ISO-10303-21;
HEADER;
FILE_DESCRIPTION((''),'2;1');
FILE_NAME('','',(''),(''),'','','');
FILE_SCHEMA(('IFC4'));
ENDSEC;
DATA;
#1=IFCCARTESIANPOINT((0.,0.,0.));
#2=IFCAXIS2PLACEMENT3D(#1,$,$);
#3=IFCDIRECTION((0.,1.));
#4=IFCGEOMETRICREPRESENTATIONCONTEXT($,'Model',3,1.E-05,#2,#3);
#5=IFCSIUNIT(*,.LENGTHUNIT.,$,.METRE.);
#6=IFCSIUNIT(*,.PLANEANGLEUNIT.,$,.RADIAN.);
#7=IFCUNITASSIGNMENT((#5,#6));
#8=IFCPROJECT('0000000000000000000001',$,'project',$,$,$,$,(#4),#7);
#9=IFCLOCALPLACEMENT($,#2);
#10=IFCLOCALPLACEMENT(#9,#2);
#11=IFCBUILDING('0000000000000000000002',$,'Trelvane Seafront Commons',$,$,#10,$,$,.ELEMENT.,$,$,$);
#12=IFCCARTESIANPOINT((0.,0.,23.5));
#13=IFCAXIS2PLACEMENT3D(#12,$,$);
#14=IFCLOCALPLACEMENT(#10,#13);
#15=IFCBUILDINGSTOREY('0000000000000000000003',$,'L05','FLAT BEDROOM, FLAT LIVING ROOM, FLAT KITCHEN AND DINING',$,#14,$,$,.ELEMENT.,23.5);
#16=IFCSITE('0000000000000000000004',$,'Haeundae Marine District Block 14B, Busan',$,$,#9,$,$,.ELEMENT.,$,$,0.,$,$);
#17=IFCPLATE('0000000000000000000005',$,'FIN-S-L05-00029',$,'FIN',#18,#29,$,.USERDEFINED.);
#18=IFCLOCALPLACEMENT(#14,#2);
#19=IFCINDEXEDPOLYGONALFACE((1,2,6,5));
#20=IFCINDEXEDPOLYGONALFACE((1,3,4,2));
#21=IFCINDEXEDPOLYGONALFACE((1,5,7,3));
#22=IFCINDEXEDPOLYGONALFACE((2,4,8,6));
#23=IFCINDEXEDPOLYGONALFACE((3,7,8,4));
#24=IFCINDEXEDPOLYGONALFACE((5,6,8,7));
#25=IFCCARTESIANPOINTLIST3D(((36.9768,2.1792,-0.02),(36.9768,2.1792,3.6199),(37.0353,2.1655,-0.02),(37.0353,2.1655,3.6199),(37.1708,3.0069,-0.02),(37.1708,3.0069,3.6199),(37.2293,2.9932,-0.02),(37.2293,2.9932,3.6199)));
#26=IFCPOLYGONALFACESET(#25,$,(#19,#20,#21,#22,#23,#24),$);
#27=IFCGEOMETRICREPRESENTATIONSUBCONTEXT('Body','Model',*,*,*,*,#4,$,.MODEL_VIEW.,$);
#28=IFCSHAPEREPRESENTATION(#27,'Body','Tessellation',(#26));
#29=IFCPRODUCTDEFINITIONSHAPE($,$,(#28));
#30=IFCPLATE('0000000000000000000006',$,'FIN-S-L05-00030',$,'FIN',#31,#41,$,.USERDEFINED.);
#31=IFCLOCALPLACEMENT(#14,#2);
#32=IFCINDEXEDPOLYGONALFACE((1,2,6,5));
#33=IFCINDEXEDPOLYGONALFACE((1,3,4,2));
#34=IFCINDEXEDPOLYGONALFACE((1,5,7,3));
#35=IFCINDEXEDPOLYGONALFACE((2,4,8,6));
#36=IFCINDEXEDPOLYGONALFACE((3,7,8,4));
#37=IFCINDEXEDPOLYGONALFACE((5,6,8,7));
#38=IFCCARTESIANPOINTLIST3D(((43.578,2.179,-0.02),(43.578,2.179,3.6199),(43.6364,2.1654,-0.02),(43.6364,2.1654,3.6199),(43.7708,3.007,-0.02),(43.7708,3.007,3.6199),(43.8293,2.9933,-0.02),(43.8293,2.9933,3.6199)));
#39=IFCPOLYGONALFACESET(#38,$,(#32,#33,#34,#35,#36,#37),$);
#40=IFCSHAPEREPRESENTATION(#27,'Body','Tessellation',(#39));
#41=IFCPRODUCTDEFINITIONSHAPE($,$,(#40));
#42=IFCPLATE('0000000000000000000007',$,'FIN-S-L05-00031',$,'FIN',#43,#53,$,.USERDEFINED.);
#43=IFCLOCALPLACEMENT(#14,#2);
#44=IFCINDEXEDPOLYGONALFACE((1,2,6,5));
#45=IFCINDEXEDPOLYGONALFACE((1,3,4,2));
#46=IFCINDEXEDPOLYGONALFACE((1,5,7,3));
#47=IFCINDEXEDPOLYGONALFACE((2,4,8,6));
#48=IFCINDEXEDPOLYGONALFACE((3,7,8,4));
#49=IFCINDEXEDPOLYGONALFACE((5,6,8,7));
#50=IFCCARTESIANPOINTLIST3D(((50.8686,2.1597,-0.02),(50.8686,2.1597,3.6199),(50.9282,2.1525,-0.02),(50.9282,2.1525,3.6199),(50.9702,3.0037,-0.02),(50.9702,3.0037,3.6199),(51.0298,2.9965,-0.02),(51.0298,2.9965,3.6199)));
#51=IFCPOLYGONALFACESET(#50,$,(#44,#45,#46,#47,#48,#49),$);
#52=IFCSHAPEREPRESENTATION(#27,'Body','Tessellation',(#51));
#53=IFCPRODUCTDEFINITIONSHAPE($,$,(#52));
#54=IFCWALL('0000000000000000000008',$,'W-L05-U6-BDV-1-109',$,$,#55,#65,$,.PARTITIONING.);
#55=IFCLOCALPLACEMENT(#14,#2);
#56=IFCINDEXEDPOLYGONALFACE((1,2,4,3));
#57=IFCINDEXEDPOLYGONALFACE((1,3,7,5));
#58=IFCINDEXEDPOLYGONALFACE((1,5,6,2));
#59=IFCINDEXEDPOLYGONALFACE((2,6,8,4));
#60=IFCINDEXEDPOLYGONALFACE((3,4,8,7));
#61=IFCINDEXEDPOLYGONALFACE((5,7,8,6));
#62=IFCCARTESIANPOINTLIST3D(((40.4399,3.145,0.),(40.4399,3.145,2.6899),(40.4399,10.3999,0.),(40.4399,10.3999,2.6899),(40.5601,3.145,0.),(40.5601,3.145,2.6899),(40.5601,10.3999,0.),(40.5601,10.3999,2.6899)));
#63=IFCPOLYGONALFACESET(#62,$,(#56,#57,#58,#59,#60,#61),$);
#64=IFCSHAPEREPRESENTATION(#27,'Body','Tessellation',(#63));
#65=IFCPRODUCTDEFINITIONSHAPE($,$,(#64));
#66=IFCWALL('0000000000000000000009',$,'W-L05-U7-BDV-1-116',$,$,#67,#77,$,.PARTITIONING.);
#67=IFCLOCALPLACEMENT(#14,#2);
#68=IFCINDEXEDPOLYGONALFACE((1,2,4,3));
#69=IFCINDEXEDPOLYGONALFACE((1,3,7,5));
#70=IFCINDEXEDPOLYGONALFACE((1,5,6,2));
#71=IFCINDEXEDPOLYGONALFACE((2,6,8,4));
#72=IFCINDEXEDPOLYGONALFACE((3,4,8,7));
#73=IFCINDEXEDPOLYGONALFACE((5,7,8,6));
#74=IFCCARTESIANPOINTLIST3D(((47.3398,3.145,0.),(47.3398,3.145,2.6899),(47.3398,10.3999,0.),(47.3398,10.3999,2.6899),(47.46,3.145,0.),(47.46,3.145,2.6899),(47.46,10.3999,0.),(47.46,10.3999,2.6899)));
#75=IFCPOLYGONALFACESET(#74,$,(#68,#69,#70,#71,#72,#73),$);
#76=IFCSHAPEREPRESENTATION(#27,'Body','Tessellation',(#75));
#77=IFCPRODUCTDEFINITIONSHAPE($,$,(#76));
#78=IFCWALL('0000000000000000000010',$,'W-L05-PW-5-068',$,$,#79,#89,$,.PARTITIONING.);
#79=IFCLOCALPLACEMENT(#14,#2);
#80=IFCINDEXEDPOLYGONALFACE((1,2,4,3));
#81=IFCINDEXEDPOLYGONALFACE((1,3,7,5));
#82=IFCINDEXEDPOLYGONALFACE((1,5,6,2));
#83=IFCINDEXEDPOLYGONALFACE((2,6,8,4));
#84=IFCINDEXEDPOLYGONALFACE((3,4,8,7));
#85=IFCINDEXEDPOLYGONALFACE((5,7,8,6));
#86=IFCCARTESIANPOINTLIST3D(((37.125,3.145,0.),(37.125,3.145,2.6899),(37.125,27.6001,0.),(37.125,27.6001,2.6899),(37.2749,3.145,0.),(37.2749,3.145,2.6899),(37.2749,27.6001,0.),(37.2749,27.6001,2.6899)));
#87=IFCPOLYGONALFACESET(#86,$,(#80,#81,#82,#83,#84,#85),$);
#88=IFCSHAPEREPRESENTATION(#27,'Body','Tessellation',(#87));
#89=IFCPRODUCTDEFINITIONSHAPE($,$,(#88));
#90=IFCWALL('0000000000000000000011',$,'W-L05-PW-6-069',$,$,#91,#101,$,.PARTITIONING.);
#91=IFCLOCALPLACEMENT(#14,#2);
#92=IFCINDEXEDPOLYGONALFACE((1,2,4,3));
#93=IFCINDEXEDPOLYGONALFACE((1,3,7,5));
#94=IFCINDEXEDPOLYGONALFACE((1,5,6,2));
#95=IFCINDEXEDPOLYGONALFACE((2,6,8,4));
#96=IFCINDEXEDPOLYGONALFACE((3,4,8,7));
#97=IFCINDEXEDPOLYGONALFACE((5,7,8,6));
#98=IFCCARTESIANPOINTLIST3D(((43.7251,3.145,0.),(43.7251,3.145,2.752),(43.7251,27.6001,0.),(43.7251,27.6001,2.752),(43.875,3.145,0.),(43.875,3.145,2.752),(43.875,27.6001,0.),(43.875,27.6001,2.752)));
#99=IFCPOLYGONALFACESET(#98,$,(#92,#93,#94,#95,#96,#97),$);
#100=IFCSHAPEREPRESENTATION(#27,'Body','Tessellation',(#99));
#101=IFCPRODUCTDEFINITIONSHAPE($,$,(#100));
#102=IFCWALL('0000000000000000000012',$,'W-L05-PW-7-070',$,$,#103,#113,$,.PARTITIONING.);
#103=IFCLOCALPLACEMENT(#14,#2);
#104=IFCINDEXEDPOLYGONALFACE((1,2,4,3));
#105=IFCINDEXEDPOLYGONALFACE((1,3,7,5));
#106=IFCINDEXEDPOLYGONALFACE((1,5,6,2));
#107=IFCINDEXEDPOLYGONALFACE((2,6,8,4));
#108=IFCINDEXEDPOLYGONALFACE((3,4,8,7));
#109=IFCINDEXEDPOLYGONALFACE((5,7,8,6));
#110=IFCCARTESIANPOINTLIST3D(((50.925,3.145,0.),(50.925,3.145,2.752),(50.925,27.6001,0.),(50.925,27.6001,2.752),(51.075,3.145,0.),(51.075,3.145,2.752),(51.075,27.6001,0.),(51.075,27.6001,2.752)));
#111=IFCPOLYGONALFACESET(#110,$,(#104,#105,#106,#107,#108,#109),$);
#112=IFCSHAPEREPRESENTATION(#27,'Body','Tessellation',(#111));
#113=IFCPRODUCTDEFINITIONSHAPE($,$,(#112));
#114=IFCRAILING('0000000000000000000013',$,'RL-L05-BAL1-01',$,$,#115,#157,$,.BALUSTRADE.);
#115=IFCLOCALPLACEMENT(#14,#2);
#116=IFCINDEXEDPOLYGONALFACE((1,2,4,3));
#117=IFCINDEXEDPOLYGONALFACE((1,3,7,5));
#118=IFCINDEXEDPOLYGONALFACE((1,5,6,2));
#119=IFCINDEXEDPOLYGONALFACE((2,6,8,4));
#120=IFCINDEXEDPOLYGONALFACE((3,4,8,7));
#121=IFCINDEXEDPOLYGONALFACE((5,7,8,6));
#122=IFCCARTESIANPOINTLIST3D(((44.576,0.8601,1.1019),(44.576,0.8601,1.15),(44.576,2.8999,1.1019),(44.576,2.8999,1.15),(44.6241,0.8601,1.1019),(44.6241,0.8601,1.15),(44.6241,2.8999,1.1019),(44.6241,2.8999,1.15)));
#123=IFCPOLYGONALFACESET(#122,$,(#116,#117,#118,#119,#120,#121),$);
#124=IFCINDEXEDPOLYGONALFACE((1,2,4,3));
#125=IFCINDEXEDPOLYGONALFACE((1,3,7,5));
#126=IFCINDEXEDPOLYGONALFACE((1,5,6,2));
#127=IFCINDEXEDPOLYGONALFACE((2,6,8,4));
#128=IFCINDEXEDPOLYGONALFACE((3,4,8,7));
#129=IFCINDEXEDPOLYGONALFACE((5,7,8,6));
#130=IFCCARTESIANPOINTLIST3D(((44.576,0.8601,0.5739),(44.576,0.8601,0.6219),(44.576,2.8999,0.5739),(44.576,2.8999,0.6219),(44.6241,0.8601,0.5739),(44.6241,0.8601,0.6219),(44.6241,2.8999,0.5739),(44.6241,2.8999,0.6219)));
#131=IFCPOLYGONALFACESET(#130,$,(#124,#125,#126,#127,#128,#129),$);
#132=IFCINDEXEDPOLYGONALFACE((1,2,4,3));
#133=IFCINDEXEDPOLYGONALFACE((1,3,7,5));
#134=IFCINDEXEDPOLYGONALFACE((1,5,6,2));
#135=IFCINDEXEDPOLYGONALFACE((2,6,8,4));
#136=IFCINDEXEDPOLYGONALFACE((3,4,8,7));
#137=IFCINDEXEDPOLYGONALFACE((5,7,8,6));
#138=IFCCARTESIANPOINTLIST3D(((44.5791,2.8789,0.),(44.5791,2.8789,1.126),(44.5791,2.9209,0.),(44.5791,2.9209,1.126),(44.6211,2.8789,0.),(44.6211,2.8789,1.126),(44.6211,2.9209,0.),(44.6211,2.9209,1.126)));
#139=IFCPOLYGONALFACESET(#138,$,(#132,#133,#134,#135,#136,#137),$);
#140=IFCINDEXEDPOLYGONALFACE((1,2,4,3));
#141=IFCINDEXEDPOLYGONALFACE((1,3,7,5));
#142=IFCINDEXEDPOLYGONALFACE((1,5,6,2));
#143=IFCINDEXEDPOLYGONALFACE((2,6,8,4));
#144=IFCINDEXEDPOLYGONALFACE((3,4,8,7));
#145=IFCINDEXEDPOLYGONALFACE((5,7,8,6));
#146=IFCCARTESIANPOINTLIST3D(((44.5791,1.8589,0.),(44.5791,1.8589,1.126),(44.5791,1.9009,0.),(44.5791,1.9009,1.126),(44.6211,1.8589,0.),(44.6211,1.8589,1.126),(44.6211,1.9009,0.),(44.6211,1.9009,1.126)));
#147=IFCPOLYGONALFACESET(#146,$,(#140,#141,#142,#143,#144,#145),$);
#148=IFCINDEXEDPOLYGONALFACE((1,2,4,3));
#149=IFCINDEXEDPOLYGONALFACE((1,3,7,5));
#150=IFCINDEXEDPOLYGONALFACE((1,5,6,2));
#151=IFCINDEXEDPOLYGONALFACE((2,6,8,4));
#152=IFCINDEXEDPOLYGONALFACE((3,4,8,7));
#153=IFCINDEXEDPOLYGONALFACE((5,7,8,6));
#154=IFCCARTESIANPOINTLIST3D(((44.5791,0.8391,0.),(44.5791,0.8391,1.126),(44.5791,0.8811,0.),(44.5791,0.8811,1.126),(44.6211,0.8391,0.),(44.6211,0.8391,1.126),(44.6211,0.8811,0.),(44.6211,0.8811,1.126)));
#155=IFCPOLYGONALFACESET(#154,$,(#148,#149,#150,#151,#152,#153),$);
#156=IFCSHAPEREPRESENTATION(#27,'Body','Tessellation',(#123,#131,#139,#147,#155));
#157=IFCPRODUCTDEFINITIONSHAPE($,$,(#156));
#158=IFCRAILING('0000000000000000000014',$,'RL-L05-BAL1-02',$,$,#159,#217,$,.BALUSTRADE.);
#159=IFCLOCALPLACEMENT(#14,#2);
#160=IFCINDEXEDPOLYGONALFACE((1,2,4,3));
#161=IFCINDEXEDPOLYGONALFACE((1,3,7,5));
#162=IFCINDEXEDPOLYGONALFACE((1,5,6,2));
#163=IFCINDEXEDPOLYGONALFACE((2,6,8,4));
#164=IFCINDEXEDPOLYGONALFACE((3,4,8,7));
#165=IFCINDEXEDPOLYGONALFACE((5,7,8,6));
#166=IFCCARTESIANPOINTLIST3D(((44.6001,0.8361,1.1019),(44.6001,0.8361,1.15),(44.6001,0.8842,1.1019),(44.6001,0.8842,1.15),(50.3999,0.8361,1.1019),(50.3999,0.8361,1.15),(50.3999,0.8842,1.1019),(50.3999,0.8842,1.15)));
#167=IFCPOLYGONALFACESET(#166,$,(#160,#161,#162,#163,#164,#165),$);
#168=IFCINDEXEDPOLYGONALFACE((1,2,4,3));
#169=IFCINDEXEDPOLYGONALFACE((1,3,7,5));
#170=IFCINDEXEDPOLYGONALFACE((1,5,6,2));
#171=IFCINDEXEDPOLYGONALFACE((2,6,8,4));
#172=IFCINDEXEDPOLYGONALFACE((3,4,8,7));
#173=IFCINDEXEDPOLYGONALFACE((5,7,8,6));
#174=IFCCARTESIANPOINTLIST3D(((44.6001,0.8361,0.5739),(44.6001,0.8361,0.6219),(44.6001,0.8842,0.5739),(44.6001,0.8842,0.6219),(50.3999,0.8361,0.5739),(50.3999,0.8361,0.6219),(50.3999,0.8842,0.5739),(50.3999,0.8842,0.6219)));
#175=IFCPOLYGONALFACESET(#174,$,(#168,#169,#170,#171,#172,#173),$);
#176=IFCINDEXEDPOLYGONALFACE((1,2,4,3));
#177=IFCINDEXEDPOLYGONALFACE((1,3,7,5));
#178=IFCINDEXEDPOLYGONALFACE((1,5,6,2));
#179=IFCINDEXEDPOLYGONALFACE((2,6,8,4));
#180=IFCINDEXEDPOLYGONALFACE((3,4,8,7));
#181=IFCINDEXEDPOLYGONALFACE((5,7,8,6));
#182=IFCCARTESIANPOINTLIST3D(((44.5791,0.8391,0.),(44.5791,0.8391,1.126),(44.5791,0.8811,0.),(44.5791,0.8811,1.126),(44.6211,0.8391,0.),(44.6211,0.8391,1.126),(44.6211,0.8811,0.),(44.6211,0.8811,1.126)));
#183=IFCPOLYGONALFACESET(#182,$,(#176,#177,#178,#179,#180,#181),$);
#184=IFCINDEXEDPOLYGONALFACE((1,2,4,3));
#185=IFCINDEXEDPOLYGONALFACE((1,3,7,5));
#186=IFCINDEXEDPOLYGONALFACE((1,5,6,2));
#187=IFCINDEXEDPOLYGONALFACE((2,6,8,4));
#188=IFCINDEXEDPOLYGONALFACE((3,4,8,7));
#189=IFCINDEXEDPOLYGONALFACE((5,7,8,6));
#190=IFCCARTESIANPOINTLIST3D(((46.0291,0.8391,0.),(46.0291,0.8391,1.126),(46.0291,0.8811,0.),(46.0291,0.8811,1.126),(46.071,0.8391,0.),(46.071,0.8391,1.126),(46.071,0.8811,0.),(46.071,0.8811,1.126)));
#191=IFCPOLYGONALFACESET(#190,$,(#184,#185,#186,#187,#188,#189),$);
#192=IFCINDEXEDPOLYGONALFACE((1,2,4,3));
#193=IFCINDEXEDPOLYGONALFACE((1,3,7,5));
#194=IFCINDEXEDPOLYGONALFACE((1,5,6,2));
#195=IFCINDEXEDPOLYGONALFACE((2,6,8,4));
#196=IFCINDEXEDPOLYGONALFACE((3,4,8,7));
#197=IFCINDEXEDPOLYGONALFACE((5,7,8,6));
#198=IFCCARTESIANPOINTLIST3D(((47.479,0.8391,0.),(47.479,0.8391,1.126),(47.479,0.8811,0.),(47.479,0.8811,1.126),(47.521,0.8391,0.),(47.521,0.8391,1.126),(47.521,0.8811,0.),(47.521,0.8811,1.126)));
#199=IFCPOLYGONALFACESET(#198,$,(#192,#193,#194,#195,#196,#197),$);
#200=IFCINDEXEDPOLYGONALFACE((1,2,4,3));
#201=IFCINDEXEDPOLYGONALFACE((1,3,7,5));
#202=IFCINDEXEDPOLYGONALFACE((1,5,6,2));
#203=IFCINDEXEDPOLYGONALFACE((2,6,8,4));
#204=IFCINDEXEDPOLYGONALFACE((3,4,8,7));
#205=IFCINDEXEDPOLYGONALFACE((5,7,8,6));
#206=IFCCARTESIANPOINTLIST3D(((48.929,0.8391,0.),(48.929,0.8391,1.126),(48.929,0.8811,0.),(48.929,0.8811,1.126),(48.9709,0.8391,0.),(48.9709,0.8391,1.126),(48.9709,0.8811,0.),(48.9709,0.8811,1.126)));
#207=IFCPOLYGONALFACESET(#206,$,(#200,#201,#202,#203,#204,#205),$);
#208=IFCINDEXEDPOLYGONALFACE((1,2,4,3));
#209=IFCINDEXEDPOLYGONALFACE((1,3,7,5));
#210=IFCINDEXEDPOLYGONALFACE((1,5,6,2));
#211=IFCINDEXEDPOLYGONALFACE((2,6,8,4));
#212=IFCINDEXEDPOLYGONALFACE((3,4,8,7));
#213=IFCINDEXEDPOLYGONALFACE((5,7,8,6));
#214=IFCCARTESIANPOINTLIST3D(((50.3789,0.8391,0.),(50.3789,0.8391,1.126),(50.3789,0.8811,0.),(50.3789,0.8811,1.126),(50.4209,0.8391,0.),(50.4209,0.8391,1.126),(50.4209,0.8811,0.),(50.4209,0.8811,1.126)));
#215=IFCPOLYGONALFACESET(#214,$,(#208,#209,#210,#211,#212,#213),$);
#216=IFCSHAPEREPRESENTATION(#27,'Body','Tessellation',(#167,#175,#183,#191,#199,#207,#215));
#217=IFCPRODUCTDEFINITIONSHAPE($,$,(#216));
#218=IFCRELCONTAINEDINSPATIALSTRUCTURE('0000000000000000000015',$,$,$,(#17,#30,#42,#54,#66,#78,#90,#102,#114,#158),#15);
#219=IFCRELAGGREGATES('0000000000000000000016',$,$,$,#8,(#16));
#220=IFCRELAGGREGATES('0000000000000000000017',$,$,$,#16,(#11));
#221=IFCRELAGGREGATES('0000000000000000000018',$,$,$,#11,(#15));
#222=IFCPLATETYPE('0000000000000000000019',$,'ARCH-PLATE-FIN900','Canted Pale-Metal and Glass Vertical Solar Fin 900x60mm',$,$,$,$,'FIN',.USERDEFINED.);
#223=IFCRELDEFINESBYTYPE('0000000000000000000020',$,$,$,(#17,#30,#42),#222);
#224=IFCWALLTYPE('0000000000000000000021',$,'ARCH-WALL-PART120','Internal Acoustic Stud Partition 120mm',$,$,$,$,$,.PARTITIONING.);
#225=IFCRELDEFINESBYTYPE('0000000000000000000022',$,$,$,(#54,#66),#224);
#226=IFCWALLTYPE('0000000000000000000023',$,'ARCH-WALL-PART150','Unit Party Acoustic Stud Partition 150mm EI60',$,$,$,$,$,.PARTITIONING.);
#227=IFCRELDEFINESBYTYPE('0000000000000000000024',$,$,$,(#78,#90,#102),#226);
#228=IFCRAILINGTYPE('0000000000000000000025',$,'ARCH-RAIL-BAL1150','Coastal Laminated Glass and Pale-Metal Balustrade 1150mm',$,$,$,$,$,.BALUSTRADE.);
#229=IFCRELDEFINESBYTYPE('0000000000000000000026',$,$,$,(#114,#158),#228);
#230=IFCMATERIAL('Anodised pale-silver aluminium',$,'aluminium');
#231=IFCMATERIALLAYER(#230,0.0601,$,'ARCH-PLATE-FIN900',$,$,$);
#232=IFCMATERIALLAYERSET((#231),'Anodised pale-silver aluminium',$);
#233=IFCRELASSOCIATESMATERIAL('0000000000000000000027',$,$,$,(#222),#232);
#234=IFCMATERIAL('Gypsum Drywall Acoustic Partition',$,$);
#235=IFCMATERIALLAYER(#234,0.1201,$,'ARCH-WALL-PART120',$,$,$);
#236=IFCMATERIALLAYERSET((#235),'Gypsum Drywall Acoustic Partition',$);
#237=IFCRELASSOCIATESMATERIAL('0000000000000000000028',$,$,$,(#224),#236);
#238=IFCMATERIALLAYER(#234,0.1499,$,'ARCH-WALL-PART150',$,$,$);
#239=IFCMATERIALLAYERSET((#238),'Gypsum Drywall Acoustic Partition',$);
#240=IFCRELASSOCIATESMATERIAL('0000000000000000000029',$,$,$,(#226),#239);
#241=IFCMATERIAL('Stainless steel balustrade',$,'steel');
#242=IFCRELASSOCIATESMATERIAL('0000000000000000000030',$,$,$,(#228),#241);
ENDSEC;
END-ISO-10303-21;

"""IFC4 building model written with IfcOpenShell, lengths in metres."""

from ifc_helpers import new_model, si_unit, direction, frame, frame_2d, origin, origin_2d, place, context, subcontext, project, spatial, rectangle, extrude, source, transform, mapped, material, layer, layer_set, type_object, element, save


model = new_model("IFC4")

# Units and contexts
model_context = context("Model", 3, precision=1e-05, world=origin(), true_north=direction((0.0, 1.0)))
body_context = subcontext(model_context, "Body", "Model", "MODEL_VIEW")
ifc_project = project(units=[si_unit("LENGTHUNIT", "METRE"), si_unit("PLANEANGLEUNIT", "RADIAN")], contexts=[model_context])

# Site, building, storey
site_placement = place(None, origin())
site = spatial("IfcSite", under=ifc_project, at=site_placement, Name="Haeundae Marine District Block 14B, Busan", CompositionType="ELEMENT", RefElevation=0.0)
building_placement = place(site_placement, origin())
building = spatial("IfcBuilding", under=site, at=building_placement, Name="Trelvane Seafront Commons", CompositionType="ELEMENT")
storey_placement = place(building_placement, frame((0.0, 0.0, 23.5)))
storey = spatial("IfcBuildingStorey", under=building, at=storey_placement, Name="L05", Description="FLAT BEDROOM, FLAT LIVING ROOM, FLAT KITCHEN AND DINING", CompositionType="ELEMENT", Elevation=23.5)

# Plates
ifc_material_1 = material(Name="Anodised pale-silver aluminium", Category="aluminium")
ifc_layer_1 = layer(ifc_material_1, 0.0601, Name="ARCH-PLATE-FIN900")
ifc_layer_set_1 = layer_set([ifc_layer_1], Name="Anodised pale-silver aluminium")
plate_type_1 = type_object("IfcPlateType", Name="ARCH-PLATE-FIN900", Description="Canted Pale-Metal and Glass Vertical Solar Fin 900x60mm", ElementType="FIN", PredefinedType="USERDEFINED", material=ifc_layer_set_1)
shared_shape_1 = source(origin(), body_context, "Body", "SweptSolid", [
    extrude(rectangle(XDim=0.8501, YDim=0.0601, at=origin_2d()), origin(), (0.0, 0.0, 1.0), 3.6399),
])
for number, where, z_axis, x_axis, name in (
    (1, (37.103, 2.5862, -0.02), (0.0, 0.0, 1.0), (-0.228227, -0.973608, 0.0), "FIN-S-L05-00029"),
    (2, (43.7036, 2.5862, -0.02), (0.0, 0.0, 1.0), (-0.226835, -0.973933, 0.0), "FIN-S-L05-00030"),
    (3, (50.9492, 2.5781, -0.02), (0.0, 0.0, 1.0), (-0.11953, -0.992831, 0.0), "FIN-S-L05-00031"),
):
    element("IfcPlate", number, at=place(storey_placement, frame(where, z_axis=z_axis, x_axis=x_axis)), inside=storey, type_object=plate_type_1, Name=name, ObjectType="FIN", PredefinedType="USERDEFINED", context=body_context, shape_type="MappedRepresentation", body=[
        mapped(shared_shape_1, transform((0.0, 0.0, 0.0), x_axis=(1.0, 0.0, 0.0), y_axis=(0.0, 1.0, 0.0), z_axis=(0.0, 0.0, 1.0), scale=1.0)),
    ])

# Shared definitions
ifc_material_2 = material(Name="Gypsum Drywall Acoustic Partition")
ifc_layer_2 = layer(ifc_material_2, 0.1201, Name="ARCH-WALL-PART120")
ifc_layer_set_2 = layer_set([ifc_layer_2], Name="Gypsum Drywall Acoustic Partition")
wall_type_1 = type_object("IfcWallType", Name="ARCH-WALL-PART120", Description="Internal Acoustic Stud Partition 120mm", PredefinedType="PARTITIONING", material=ifc_layer_set_2)

# Wall
wall_1_placement = place(storey_placement, frame((40.5, 3.145, 0.0), z_axis=(0.0, 0.0, 1.0), x_axis=(0.0, 1.0, 0.0)))
element("IfcWall", 4, at=wall_1_placement, inside=storey, type_object=wall_type_1, Name="W-L05-U6-BDV-1-109", PredefinedType="PARTITIONING", context=body_context, shape_type="SweptSolid", body=[
    extrude(rectangle(XDim=7.2549, YDim=0.1201, at=frame_2d((3.6274, 0.0))), origin(), (0.0, 0.0, 1.0), 2.6899),
])

# Wall
wall_2_placement = place(storey_placement, frame((47.3999, 3.145, 0.0), z_axis=(0.0, 0.0, 1.0), x_axis=(0.0, 1.0, 0.0)))
element("IfcWall", 5, at=wall_2_placement, inside=storey, type_object=wall_type_1, Name="W-L05-U7-BDV-1-116", PredefinedType="PARTITIONING", context=body_context, shape_type="SweptSolid", body=[
    extrude(rectangle(XDim=7.2549, YDim=0.1201, at=frame_2d((3.6274, 0.0))), origin(), (0.0, 0.0, 1.0), 2.6899),
])

# Walls
ifc_layer_3 = layer(ifc_material_2, 0.1499, Name="ARCH-WALL-PART150")
ifc_layer_set_3 = layer_set([ifc_layer_3], Name="Gypsum Drywall Acoustic Partition")
wall_type_2 = type_object("IfcWallType", Name="ARCH-WALL-PART150", Description="Unit Party Acoustic Stud Partition 150mm EI60", PredefinedType="PARTITIONING", material=ifc_layer_set_3)
wall_3_placement = place(storey_placement, frame((37.2, 3.145, 0.0), z_axis=(0.0, 0.0, 1.0), x_axis=(0.0, 1.0, 0.0)))
element("IfcWall", 6, at=wall_3_placement, inside=storey, type_object=wall_type_2, Name="W-L05-PW-5-068", PredefinedType="PARTITIONING", context=body_context, shape_type="SweptSolid", body=[
    extrude(rectangle(XDim=24.4551, YDim=0.1499, at=frame_2d((12.2275, 0.0))), origin(), (0.0, 0.0, 1.0), 2.6899),
])
for number, where, z_axis, x_axis, name in (
    (7, (43.8, 3.145, 0.0), (0.0, 0.0, 1.0), (0.0, 1.0, 0.0), "W-L05-PW-6-069"),
    (8, (51.0, 3.145, 0.0), (0.0, 0.0, 1.0), (0.0, 1.0, 0.0), "W-L05-PW-7-070"),
):
    element("IfcWall", number, at=place(storey_placement, frame(where, z_axis=z_axis, x_axis=x_axis)), inside=storey, type_object=wall_type_2, Name=name, PredefinedType="PARTITIONING", context=body_context, shape_type="SweptSolid", body=[
        extrude(rectangle(XDim=24.4551, YDim=0.1499, at=frame_2d((12.2275, 0.0))), origin(), (0.0, 0.0, 1.0), 2.752),
    ])

# Railings
ifc_material_3 = material(Name="Stainless steel balustrade", Category="steel")
railing_type = type_object("IfcRailingType", Name="ARCH-RAIL-BAL1150", Description="Coastal Laminated Glass and Pale-Metal Balustrade 1150mm", PredefinedType="BALUSTRADE", material=ifc_material_3)
railing_1_placement = place(storey_placement, frame((44.6001, 2.8999, 0.0)))
element("IfcRailing", 9, at=railing_1_placement, inside=storey, type_object=railing_type, Name="RL-L05-BAL1-01", PredefinedType="BALUSTRADE", context=body_context, shape_type="SweptSolid", body=[
    extrude(rectangle(XDim=0.0481, YDim=0.0481, at=origin_2d()), frame((0.0, 0.0, 1.126), z_axis=(0.0, -1.0, 0.0), x_axis=(1.0, 0.0, 0.0)), (0.0, 0.0, 1.0), 2.0398),
    extrude(rectangle(XDim=0.0481, YDim=0.0481, at=origin_2d()), frame((0.0, 0.0, 0.5979), z_axis=(0.0, -1.0, 0.0), x_axis=(1.0, 0.0, 0.0)), (0.0, 0.0, 1.0), 2.0398),
    extrude(rectangle(XDim=0.042, YDim=0.042, at=origin_2d()), origin(), (0.0, 0.0, 1.0), 1.126),
    extrude(rectangle(XDim=0.042, YDim=0.042, at=origin_2d()), frame((0.0, -1.02, 0.0)), (0.0, 0.0, 1.0), 1.126),
    extrude(rectangle(XDim=0.042, YDim=0.042, at=origin_2d()), frame((0.0, -2.0398, 0.0)), (0.0, 0.0, 1.0), 1.126),
])
railing_2_placement = place(storey_placement, frame((44.6001, 0.8601, 0.0)))
element("IfcRailing", 10, at=railing_2_placement, inside=storey, type_object=railing_type, Name="RL-L05-BAL1-02", PredefinedType="BALUSTRADE", context=body_context, shape_type="SweptSolid", body=[
    extrude(rectangle(XDim=0.0481, YDim=0.0481, at=origin_2d()), frame((0.0, 0.0, 1.126), z_axis=(1.0, 0.0, 0.0), x_axis=(0.0, 1.0, 0.0)), (0.0, 0.0, 1.0), 5.7998),
    extrude(rectangle(XDim=0.0481, YDim=0.0481, at=origin_2d()), frame((0.0, 0.0, 0.5979), z_axis=(1.0, 0.0, 0.0), x_axis=(0.0, 1.0, 0.0)), (0.0, 0.0, 1.0), 5.7998),
    extrude(rectangle(XDim=0.042, YDim=0.042, at=origin_2d()), origin(), (0.0, 0.0, 1.0), 1.126),
    extrude(rectangle(XDim=0.042, YDim=0.042, at=origin_2d()), frame((1.45, 0.0, 0.0)), (0.0, 0.0, 1.0), 1.126),
    extrude(rectangle(XDim=0.042, YDim=0.042, at=origin_2d()), frame((2.8999, 0.0, 0.0)), (0.0, 0.0, 1.0), 1.126),
    extrude(rectangle(XDim=0.042, YDim=0.042, at=origin_2d()), frame((4.3499, 0.0, 0.0)), (0.0, 0.0, 1.0), 1.126),
    extrude(rectangle(XDim=0.042, YDim=0.042, at=origin_2d()), frame((5.7998, 0.0, 0.0)), (0.0, 0.0, 1.0), 1.126),
])

save(model, "model.ifc")
